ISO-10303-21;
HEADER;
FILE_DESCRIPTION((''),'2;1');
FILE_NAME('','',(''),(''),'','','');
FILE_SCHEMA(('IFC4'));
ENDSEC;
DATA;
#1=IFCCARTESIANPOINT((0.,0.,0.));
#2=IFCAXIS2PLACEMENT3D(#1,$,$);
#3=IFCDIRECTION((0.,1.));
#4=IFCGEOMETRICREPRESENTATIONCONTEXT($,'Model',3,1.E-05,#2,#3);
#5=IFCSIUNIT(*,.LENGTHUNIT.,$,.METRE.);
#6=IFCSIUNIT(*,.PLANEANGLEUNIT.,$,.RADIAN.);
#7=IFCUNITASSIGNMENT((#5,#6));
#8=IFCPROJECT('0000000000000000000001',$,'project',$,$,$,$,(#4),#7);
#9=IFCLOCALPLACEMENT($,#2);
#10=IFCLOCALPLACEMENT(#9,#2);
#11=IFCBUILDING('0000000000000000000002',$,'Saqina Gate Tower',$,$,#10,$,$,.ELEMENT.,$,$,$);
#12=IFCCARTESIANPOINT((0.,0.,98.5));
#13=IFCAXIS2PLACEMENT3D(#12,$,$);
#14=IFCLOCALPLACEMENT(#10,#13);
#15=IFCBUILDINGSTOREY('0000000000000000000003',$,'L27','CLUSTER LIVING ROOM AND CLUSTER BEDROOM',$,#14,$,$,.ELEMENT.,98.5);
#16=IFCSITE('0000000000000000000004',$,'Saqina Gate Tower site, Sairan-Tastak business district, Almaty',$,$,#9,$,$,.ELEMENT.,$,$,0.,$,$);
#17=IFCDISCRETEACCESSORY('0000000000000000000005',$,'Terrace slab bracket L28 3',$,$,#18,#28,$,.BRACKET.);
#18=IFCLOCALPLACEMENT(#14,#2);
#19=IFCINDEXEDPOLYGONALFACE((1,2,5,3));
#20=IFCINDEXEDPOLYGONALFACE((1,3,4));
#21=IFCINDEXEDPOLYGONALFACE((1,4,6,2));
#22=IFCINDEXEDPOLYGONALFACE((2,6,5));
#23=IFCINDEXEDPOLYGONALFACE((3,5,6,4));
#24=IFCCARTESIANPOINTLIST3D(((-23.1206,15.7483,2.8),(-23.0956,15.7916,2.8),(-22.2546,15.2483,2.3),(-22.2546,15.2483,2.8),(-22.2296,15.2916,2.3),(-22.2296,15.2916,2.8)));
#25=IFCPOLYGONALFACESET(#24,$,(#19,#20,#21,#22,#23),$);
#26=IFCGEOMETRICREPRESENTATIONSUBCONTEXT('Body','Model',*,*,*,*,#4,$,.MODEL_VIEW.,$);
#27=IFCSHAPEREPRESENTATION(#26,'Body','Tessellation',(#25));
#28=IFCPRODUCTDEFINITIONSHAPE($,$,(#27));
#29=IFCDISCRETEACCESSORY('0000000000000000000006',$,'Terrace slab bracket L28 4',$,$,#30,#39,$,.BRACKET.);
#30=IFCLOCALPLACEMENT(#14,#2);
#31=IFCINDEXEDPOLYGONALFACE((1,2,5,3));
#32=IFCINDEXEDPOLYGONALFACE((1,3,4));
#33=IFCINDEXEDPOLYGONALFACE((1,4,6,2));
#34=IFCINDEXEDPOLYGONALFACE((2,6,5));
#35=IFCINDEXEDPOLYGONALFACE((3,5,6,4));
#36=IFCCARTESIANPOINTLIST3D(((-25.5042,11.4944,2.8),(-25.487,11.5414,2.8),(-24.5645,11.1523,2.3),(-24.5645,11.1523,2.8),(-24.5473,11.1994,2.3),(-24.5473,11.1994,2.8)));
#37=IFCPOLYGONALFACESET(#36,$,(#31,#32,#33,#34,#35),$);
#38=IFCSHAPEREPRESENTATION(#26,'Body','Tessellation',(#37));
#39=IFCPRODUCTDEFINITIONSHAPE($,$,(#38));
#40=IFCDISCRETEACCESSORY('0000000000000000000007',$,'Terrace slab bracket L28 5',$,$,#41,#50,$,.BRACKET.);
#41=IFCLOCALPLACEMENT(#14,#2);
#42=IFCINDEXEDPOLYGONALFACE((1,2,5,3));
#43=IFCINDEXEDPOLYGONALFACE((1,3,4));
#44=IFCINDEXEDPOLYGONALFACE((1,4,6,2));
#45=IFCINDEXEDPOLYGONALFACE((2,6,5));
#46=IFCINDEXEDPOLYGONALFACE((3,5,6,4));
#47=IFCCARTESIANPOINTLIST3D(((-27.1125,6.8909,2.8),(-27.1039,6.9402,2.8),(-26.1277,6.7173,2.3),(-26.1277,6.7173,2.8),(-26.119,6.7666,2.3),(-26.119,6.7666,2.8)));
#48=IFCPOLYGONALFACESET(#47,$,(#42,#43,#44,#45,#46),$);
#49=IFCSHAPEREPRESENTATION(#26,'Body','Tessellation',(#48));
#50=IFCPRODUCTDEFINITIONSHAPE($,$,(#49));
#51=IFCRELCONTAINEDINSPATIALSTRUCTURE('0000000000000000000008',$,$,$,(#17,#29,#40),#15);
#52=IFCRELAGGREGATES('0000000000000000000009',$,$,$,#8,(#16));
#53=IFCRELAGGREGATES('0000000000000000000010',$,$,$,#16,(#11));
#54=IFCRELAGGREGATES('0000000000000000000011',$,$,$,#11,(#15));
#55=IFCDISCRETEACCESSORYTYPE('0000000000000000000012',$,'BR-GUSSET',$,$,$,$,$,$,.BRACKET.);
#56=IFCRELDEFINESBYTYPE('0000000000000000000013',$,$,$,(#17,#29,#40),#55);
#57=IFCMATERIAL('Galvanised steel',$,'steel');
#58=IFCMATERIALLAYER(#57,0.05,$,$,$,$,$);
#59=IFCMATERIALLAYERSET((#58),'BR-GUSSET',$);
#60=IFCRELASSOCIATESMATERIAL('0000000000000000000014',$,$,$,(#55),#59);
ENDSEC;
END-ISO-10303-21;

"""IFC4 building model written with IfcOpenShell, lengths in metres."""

from ifc_helpers import new_model, si_unit, direction, frame, origin, place, context, subcontext, project, spatial, polyline, outline, extrude, material, layer, layer_set, type_object, element, save


model = new_model("IFC4")

# Units and contexts
model_context = context("Model", 3, precision=1e-05, world=origin(), true_north=direction((0.0, 1.0)))
body_context = subcontext(model_context, "Body", "Model", "MODEL_VIEW")
ifc_project = project(units=[si_unit("LENGTHUNIT", "METRE"), si_unit("PLANEANGLEUNIT", "RADIAN")], contexts=[model_context])

# Site, building, storey
site_placement = place(None, origin())
site = spatial("IfcSite", under=ifc_project, at=site_placement, Name="Saqina Gate Tower site, Sairan-Tastak business district, Almaty", CompositionType="ELEMENT", RefElevation=0.0)
building_placement = place(site_placement, origin())
building = spatial("IfcBuilding", under=site, at=building_placement, Name="Saqina Gate Tower", CompositionType="ELEMENT")
storey_placement = place(building_placement, frame((0.0, 0.0, 98.5)))
storey = spatial("IfcBuildingStorey", under=building, at=storey_placement, Name="L27", Description="CLUSTER LIVING ROOM AND CLUSTER BEDROOM", CompositionType="ELEMENT", Elevation=98.5)

# Discrete accessories
ifc_material_1 = material(Name="Galvanised steel", Category="steel")
ifc_layer_1 = layer(ifc_material_1, 0.05)
ifc_layer_set_1 = layer_set([ifc_layer_1], Name="BR-GUSSET")
discrete_accessory_type = type_object("IfcDiscreteAccessoryType", Name="BR-GUSSET", PredefinedType="BRACKET", material=ifc_layer_set_1)
discrete_accessory_1_placement = place(storey_placement, frame((-22.2546, 15.2483, 2.3), z_axis=(-0.500025, -0.866011, 0.0), x_axis=(0.0, 0.0, 1.0)))
element("IfcDiscreteAccessory", 1, at=discrete_accessory_1_placement, inside=storey, type_object=discrete_accessory_type, Name="Terrace slab bracket L28 3", PredefinedType="BRACKET", context=body_context, shape_type="SweptSolid", body=[
    extrude(outline(polyline([(0.0, 0.0), (0.5, 0.0), (0.5, 0.9999), (0.0, 0.0)])), origin(), (0.0, 0.0, -1.0), 0.05),
])
discrete_accessory_2_placement = place(storey_placement, frame((-24.5645, 11.1523, 2.3), z_axis=(-0.342037, -0.939686, 0.0), x_axis=(0.0, 0.0, 1.0)))
element("IfcDiscreteAccessory", 2, at=discrete_accessory_2_placement, inside=storey, type_object=discrete_accessory_type, Name="Terrace slab bracket L28 4", PredefinedType="BRACKET", context=body_context, shape_type="SweptSolid", body=[
    extrude(outline(polyline([(0.0, 0.0), (0.5, 0.0), (0.5, 1.0), (0.0, 0.0)])), origin(), (0.0, 0.0, -1.0), 0.05),
])
discrete_accessory_3_placement = place(storey_placement, frame((-26.1277, 6.7173, 2.3), z_axis=(-0.173576, -0.98482, 0.0), x_axis=(0.0, 0.0, 1.0)))
element("IfcDiscreteAccessory", 3, at=discrete_accessory_3_placement, inside=storey, type_object=discrete_accessory_type, Name="Terrace slab bracket L28 5", PredefinedType="BRACKET", context=body_context, shape_type="SweptSolid", body=[
    extrude(outline(polyline([(0.0, 0.0), (0.5, 0.0), (0.5, 1.0), (0.0, 0.0)])), origin(), (0.0, 0.0, -1.0), 0.05),
])

save(model, "model.ifc")
